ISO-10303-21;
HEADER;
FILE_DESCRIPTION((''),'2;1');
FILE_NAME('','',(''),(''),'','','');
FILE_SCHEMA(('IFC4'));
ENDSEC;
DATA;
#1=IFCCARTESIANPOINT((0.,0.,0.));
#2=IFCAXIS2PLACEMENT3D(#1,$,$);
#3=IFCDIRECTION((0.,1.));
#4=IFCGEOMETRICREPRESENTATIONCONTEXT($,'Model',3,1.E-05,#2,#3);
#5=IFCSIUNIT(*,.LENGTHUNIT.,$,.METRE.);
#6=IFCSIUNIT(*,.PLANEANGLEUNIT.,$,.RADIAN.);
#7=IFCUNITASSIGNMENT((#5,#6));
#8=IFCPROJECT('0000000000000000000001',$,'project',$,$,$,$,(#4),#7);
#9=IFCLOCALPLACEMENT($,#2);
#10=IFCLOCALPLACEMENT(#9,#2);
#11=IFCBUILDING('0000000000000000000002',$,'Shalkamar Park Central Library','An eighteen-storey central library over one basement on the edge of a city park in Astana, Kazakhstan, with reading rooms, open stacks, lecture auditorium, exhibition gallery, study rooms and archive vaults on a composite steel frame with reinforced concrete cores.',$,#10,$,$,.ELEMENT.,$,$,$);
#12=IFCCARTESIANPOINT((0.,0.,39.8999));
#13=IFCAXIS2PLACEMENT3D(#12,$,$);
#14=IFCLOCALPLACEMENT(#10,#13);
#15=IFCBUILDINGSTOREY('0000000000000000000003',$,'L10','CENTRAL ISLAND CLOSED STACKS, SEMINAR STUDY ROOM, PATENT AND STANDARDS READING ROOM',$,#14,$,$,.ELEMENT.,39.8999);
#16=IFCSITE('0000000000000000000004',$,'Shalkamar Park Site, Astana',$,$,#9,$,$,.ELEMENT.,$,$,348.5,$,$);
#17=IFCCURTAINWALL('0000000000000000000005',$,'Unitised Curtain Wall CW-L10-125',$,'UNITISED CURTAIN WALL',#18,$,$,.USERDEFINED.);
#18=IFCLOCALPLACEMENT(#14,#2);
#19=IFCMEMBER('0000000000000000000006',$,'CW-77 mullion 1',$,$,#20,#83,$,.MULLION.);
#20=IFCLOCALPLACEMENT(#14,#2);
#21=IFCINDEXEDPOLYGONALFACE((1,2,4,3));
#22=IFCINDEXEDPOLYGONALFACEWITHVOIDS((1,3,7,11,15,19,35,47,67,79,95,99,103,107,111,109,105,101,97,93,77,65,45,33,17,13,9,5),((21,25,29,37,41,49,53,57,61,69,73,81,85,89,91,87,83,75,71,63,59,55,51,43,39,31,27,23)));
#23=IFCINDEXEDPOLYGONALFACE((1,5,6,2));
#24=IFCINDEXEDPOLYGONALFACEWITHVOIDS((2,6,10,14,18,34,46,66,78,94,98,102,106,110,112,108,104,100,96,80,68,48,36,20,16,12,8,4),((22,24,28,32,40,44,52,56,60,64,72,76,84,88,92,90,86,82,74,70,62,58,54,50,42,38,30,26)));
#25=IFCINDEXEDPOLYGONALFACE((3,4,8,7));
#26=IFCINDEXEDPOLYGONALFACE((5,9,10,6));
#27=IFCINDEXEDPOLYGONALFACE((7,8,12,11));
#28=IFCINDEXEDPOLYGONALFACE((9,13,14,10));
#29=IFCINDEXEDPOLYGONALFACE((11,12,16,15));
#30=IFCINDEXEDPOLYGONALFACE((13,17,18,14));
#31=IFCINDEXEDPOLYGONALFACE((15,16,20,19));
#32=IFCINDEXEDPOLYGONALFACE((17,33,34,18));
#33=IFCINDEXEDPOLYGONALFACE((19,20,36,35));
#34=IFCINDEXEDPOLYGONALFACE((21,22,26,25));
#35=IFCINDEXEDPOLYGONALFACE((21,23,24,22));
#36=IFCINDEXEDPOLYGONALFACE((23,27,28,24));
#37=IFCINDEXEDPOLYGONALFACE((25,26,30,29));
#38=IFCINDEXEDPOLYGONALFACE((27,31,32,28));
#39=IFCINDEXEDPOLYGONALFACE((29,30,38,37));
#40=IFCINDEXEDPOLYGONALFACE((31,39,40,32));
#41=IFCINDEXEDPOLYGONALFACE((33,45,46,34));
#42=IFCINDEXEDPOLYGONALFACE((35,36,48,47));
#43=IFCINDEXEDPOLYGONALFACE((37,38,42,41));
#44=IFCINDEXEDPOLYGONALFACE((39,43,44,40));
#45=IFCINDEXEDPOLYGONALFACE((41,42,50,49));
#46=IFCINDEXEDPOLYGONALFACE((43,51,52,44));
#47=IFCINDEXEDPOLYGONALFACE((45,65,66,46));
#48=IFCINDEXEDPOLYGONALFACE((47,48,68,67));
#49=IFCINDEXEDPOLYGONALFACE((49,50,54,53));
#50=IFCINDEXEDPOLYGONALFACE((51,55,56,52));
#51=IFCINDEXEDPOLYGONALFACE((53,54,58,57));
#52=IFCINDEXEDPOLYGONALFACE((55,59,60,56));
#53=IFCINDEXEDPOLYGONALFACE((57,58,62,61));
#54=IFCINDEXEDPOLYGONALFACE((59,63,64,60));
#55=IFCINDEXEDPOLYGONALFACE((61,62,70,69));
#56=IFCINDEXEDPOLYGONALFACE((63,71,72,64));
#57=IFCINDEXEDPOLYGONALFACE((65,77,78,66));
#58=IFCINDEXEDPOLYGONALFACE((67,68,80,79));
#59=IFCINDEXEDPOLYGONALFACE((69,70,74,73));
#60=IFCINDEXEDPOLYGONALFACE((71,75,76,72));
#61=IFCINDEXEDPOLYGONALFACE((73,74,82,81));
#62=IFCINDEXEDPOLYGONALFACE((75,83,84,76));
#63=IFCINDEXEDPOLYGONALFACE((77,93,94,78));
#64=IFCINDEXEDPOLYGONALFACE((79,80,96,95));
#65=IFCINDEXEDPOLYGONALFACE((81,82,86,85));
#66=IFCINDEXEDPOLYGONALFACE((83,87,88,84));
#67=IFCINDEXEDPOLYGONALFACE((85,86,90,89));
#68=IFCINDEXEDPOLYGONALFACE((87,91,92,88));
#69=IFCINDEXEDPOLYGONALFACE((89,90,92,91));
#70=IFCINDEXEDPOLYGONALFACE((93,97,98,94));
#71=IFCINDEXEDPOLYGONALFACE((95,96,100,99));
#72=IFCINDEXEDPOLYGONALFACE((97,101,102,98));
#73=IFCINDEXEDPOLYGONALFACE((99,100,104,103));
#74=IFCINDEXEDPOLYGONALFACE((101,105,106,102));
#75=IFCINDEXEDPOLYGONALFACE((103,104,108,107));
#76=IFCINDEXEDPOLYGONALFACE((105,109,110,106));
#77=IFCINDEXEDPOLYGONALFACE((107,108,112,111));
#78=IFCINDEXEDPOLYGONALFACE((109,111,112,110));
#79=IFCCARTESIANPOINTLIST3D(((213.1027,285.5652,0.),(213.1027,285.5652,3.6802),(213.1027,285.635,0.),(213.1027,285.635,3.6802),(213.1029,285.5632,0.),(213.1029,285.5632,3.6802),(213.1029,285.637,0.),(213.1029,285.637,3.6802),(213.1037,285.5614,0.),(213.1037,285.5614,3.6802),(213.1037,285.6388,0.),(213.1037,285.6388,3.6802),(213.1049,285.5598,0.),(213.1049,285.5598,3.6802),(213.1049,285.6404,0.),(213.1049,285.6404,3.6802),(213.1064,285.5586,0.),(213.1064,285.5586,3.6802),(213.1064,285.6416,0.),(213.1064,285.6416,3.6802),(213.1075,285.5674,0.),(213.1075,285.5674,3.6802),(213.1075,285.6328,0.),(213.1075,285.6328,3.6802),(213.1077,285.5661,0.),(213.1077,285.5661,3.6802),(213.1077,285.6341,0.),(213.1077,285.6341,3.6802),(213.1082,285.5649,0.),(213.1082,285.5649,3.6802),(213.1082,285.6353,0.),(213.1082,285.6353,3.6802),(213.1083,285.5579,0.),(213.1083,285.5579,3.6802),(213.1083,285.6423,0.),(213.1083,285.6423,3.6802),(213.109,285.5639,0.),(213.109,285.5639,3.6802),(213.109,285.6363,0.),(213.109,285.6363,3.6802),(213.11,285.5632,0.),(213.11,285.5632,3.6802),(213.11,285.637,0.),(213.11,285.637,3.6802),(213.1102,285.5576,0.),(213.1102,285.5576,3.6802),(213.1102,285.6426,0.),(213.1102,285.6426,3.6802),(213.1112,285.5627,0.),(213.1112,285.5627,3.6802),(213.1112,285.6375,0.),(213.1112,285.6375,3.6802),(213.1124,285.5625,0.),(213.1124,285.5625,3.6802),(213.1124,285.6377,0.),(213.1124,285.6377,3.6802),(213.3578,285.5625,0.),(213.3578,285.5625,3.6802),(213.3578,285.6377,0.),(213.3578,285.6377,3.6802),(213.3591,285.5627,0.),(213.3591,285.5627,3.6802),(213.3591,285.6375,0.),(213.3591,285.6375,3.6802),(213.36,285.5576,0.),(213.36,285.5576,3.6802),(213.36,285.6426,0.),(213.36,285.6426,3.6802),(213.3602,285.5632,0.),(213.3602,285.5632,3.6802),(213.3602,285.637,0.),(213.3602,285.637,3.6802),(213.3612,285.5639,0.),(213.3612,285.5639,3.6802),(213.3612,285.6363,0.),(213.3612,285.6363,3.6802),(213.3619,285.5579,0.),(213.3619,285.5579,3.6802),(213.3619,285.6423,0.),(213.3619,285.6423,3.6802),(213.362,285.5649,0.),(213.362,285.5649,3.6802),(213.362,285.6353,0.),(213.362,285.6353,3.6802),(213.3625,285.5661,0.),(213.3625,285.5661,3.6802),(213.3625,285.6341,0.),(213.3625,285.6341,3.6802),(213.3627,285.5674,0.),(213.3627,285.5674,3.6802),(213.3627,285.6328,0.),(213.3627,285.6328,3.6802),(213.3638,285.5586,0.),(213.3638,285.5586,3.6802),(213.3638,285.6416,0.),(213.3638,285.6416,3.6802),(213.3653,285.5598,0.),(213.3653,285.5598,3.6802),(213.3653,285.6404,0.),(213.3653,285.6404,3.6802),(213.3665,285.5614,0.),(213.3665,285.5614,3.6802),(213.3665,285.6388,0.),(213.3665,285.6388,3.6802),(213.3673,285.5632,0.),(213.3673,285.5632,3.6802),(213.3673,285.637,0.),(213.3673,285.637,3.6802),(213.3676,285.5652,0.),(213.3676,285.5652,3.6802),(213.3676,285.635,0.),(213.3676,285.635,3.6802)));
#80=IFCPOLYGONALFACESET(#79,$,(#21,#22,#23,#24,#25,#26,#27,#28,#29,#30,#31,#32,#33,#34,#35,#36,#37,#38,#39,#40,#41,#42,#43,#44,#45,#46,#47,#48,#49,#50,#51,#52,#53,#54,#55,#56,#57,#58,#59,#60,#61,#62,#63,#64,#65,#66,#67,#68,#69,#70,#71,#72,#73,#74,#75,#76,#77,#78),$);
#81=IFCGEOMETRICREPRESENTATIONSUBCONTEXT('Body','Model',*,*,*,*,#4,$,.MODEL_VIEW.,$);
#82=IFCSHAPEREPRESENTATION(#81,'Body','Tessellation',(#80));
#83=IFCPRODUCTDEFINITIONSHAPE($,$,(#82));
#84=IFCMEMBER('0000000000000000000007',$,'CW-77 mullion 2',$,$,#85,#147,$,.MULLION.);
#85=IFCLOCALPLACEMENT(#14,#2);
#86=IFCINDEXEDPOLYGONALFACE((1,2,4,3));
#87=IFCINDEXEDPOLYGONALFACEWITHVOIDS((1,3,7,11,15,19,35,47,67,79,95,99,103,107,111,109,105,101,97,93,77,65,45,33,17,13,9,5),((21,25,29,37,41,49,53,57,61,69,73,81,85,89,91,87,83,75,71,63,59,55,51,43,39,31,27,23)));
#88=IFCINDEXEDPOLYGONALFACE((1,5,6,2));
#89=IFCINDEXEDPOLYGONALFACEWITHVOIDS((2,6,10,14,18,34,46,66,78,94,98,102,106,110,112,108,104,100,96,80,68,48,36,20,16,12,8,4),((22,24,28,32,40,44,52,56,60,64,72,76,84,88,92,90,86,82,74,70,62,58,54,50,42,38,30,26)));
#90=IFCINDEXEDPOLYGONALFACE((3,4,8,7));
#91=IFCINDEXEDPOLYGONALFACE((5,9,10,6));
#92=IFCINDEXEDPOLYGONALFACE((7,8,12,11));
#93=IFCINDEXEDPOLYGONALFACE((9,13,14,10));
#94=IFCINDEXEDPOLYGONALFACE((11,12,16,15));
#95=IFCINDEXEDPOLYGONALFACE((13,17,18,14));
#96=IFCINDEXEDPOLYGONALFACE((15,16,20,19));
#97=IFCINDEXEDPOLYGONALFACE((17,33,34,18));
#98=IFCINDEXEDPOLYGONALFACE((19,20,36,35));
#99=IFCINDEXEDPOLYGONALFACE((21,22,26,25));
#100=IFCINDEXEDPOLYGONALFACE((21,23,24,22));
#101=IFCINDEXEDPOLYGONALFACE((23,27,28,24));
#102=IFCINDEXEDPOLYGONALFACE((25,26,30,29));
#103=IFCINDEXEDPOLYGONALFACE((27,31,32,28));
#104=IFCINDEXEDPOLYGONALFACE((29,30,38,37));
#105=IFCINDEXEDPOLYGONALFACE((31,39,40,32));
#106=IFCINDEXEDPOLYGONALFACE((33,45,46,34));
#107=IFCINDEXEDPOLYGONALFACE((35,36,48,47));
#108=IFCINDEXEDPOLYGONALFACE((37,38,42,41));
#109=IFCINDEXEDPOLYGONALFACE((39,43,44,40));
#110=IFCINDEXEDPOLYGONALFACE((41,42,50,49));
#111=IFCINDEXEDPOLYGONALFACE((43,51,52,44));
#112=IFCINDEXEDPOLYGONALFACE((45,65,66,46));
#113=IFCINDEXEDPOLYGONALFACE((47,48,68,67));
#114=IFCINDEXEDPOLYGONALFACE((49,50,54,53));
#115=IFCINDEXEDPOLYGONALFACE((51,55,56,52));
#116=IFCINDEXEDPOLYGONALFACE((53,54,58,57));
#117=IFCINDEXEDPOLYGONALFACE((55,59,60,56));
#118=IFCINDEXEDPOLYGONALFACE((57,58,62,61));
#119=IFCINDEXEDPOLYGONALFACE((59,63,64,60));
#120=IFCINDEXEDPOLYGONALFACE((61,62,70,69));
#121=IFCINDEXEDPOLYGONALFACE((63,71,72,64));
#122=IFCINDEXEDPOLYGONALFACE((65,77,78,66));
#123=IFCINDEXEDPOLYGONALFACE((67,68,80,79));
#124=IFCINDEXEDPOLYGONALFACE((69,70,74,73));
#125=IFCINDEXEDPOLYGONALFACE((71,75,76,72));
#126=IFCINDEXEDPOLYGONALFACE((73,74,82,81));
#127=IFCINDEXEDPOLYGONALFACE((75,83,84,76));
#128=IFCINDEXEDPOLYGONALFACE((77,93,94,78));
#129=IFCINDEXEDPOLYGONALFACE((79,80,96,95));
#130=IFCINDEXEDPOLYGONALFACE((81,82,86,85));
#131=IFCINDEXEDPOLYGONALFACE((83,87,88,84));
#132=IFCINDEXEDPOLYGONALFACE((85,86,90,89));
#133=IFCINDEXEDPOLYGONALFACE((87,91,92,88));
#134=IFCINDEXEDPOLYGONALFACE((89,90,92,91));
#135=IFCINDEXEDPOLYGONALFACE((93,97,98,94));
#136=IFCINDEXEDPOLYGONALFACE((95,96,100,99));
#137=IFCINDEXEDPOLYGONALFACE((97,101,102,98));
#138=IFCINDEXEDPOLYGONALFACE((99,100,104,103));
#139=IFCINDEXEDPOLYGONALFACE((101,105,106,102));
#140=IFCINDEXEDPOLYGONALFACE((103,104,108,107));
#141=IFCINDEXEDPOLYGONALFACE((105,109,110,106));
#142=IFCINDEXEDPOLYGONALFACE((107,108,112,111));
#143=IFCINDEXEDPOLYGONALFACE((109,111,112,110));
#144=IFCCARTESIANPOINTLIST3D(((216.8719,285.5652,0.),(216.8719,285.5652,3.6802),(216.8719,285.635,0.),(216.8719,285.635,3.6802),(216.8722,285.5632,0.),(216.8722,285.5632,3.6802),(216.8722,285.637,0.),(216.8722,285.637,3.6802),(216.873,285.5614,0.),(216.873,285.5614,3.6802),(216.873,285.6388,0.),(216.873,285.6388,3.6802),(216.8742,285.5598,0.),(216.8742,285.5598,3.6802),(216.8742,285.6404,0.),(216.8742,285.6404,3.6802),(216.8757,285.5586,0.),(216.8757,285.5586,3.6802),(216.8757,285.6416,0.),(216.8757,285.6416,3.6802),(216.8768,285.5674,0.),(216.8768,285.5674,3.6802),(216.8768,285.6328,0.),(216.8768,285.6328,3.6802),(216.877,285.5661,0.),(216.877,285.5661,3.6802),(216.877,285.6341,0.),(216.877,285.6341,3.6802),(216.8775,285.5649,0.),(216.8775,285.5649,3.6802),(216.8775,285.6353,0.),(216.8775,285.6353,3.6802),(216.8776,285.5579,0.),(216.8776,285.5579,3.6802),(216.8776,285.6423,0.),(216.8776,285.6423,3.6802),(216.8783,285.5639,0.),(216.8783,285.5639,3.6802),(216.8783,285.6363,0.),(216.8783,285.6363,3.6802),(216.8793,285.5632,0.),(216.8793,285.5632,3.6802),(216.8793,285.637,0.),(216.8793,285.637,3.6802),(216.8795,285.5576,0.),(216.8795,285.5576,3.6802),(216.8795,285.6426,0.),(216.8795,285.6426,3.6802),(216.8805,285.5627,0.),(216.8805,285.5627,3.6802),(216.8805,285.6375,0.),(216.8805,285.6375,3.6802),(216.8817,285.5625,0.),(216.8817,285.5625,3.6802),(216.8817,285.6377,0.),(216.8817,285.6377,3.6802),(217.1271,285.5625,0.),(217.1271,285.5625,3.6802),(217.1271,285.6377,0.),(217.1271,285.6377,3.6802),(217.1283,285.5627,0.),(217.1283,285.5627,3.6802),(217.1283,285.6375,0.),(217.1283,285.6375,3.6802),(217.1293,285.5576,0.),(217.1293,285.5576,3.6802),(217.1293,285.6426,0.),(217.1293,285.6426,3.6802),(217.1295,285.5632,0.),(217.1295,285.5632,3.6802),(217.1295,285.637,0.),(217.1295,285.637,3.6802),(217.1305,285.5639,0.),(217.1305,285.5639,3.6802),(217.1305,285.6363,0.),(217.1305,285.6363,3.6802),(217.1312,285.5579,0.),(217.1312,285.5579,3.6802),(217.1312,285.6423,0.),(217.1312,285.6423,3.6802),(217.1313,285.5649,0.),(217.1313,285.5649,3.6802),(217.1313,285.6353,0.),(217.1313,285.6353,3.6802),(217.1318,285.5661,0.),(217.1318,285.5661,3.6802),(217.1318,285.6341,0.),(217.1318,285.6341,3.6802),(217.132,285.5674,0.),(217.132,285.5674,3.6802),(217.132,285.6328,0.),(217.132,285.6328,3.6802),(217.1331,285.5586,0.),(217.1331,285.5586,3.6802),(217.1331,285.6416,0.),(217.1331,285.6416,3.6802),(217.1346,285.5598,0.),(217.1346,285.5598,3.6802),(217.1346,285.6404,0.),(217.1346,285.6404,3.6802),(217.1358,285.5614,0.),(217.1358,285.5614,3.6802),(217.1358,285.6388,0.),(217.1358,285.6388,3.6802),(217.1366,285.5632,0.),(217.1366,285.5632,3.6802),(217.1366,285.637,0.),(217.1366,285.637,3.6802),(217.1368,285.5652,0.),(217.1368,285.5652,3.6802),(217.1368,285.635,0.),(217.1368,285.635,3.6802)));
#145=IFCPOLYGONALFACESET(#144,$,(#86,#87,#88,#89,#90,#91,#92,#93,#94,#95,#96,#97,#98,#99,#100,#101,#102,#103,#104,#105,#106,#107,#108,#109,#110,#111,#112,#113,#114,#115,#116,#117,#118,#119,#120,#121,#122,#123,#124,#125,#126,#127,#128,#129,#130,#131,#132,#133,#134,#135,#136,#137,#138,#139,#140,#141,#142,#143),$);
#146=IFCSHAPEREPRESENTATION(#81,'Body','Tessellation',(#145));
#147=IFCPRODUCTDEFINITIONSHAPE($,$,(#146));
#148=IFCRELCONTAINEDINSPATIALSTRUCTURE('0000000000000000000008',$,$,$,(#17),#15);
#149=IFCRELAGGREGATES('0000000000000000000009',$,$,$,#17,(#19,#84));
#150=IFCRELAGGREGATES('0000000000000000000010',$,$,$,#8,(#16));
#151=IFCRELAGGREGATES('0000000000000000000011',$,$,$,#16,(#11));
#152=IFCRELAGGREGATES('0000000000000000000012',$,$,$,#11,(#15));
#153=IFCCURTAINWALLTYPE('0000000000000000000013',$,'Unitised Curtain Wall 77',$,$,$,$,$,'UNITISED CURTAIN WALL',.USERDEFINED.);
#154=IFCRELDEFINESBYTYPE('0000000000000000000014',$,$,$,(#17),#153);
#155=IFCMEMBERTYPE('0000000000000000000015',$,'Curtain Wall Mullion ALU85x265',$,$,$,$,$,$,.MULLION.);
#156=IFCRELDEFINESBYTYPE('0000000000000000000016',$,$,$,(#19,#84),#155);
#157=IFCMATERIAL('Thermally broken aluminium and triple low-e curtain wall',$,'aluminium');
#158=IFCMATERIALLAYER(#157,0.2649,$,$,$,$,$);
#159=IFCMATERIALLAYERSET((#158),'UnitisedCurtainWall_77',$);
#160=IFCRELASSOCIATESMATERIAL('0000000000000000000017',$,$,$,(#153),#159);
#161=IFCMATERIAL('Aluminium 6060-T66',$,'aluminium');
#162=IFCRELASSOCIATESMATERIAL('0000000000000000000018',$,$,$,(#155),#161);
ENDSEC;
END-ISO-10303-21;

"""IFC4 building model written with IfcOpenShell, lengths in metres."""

from ifc_helpers import new_model, si_unit, direction, frame, origin, origin_2d, place, context, subcontext, project, spatial, hollow_rectangle, extrude, material, layer, layer_set, material_profile, profile_set, type_object, element, aggregate, save


model = new_model("IFC4")

# Units and contexts
model_context = context("Model", 3, precision=1e-05, world=origin(), true_north=direction((0.0, 1.0)))
body_context = subcontext(model_context, "Body", "Model", "MODEL_VIEW")
ifc_project = project(units=[si_unit("LENGTHUNIT", "METRE"), si_unit("PLANEANGLEUNIT", "RADIAN")], contexts=[model_context])

# Site, building, storey
site_placement = place(None, origin())
site = spatial("IfcSite", under=ifc_project, at=site_placement, Name="Shalkamar Park Site, Astana", CompositionType="ELEMENT", RefElevation=348.5)
building_placement = place(site_placement, origin())
building = spatial("IfcBuilding", under=site, at=building_placement, Name="Shalkamar Park Central Library", Description="An eighteen-storey central library over one basement on the edge of a city park in Astana, Kazakhstan, with reading rooms, open stacks, lecture auditorium, exhibition gallery, study rooms and archive vaults on a composite steel frame with reinforced concrete cores.", CompositionType="ELEMENT")
storey_placement = place(building_placement, frame((0.0, 0.0, 39.8999)))
storey = spatial("IfcBuildingStorey", under=building, at=storey_placement, Name="L10", Description="CENTRAL ISLAND CLOSED STACKS, SEMINAR STUDY ROOM, PATENT AND STANDARDS READING ROOM", CompositionType="ELEMENT", Elevation=39.8999)

# Shared definitions
ifc_material_1 = material(Name="Thermally broken aluminium and triple low-e curtain wall", Category="aluminium")
ifc_material_2 = material(Name="Aluminium 6060-T66", Category="aluminium")

# Curtain wall, members
ifc_layer_1 = layer(ifc_material_1, 0.2649)
ifc_layer_set_1 = layer_set([ifc_layer_1], Name="UnitisedCurtainWall_77")
curtain_wall_type_1 = type_object("IfcCurtainWallType", Name="Unitised Curtain Wall 77", ElementType="UNITISED CURTAIN WALL", PredefinedType="USERDEFINED", material=ifc_layer_set_1)
curtain_wall_1_placement = place(storey_placement, origin())
curtain_wall_1 = element("IfcCurtainWall", 1, at=curtain_wall_1_placement, inside=storey, type_object=curtain_wall_type_1, Name="Unitised Curtain Wall CW-L10-125", ObjectType="UNITISED CURTAIN WALL", PredefinedType="USERDEFINED")
ifc_material_profile_1 = material_profile(ifc_material_2, hollow_rectangle(XDim=0.085, YDim=0.2649, WallThickness=0.0049, InnerFilletRadius=0.0049, OuterFilletRadius=0.0076, at=origin_2d()), Name="ALU 85x265x5")
ifc_profile_set_1 = profile_set([ifc_material_profile_1], Name="Aluminium 6060-T66")
member_type_1 = type_object("IfcMemberType", Name="Curtain Wall Mullion ALU85x265", PredefinedType="MULLION", material=ifc_profile_set_1)
member_1_placement = place(storey_placement, frame((213.2351, 285.6001, 0.0), z_axis=(0.0, 0.0, 1.0), x_axis=(0.0, 1.0, 0.0)))
member_1 = element("IfcMember", 2, at=member_1_placement, type_object=member_type_1, Name="CW-77 mullion 1", PredefinedType="MULLION", context=body_context, shape_type="SweptSolid", body=[
    extrude(hollow_rectangle(XDim=0.085, YDim=0.2649, WallThickness=0.0049, InnerFilletRadius=0.0049, OuterFilletRadius=0.0076, at=origin_2d()), origin(), (0.0, 0.0, 1.0), 3.6802),
])
member_2_placement = place(storey_placement, frame((217.0044, 285.6001, 0.0), z_axis=(0.0, 0.0, 1.0), x_axis=(0.0, 1.0, 0.0)))
member_2 = element("IfcMember", 3, at=member_2_placement, type_object=member_type_1, Name="CW-77 mullion 2", PredefinedType="MULLION", context=body_context, shape_type="SweptSolid", body=[
    extrude(hollow_rectangle(XDim=0.085, YDim=0.2649, WallThickness=0.0049, InnerFilletRadius=0.0049, OuterFilletRadius=0.0076, at=origin_2d()), origin(), (0.0, 0.0, 1.0), 3.6802),
])

aggregate(curtain_wall_1, [member_1, member_2])

save(model, "model.ifc")
